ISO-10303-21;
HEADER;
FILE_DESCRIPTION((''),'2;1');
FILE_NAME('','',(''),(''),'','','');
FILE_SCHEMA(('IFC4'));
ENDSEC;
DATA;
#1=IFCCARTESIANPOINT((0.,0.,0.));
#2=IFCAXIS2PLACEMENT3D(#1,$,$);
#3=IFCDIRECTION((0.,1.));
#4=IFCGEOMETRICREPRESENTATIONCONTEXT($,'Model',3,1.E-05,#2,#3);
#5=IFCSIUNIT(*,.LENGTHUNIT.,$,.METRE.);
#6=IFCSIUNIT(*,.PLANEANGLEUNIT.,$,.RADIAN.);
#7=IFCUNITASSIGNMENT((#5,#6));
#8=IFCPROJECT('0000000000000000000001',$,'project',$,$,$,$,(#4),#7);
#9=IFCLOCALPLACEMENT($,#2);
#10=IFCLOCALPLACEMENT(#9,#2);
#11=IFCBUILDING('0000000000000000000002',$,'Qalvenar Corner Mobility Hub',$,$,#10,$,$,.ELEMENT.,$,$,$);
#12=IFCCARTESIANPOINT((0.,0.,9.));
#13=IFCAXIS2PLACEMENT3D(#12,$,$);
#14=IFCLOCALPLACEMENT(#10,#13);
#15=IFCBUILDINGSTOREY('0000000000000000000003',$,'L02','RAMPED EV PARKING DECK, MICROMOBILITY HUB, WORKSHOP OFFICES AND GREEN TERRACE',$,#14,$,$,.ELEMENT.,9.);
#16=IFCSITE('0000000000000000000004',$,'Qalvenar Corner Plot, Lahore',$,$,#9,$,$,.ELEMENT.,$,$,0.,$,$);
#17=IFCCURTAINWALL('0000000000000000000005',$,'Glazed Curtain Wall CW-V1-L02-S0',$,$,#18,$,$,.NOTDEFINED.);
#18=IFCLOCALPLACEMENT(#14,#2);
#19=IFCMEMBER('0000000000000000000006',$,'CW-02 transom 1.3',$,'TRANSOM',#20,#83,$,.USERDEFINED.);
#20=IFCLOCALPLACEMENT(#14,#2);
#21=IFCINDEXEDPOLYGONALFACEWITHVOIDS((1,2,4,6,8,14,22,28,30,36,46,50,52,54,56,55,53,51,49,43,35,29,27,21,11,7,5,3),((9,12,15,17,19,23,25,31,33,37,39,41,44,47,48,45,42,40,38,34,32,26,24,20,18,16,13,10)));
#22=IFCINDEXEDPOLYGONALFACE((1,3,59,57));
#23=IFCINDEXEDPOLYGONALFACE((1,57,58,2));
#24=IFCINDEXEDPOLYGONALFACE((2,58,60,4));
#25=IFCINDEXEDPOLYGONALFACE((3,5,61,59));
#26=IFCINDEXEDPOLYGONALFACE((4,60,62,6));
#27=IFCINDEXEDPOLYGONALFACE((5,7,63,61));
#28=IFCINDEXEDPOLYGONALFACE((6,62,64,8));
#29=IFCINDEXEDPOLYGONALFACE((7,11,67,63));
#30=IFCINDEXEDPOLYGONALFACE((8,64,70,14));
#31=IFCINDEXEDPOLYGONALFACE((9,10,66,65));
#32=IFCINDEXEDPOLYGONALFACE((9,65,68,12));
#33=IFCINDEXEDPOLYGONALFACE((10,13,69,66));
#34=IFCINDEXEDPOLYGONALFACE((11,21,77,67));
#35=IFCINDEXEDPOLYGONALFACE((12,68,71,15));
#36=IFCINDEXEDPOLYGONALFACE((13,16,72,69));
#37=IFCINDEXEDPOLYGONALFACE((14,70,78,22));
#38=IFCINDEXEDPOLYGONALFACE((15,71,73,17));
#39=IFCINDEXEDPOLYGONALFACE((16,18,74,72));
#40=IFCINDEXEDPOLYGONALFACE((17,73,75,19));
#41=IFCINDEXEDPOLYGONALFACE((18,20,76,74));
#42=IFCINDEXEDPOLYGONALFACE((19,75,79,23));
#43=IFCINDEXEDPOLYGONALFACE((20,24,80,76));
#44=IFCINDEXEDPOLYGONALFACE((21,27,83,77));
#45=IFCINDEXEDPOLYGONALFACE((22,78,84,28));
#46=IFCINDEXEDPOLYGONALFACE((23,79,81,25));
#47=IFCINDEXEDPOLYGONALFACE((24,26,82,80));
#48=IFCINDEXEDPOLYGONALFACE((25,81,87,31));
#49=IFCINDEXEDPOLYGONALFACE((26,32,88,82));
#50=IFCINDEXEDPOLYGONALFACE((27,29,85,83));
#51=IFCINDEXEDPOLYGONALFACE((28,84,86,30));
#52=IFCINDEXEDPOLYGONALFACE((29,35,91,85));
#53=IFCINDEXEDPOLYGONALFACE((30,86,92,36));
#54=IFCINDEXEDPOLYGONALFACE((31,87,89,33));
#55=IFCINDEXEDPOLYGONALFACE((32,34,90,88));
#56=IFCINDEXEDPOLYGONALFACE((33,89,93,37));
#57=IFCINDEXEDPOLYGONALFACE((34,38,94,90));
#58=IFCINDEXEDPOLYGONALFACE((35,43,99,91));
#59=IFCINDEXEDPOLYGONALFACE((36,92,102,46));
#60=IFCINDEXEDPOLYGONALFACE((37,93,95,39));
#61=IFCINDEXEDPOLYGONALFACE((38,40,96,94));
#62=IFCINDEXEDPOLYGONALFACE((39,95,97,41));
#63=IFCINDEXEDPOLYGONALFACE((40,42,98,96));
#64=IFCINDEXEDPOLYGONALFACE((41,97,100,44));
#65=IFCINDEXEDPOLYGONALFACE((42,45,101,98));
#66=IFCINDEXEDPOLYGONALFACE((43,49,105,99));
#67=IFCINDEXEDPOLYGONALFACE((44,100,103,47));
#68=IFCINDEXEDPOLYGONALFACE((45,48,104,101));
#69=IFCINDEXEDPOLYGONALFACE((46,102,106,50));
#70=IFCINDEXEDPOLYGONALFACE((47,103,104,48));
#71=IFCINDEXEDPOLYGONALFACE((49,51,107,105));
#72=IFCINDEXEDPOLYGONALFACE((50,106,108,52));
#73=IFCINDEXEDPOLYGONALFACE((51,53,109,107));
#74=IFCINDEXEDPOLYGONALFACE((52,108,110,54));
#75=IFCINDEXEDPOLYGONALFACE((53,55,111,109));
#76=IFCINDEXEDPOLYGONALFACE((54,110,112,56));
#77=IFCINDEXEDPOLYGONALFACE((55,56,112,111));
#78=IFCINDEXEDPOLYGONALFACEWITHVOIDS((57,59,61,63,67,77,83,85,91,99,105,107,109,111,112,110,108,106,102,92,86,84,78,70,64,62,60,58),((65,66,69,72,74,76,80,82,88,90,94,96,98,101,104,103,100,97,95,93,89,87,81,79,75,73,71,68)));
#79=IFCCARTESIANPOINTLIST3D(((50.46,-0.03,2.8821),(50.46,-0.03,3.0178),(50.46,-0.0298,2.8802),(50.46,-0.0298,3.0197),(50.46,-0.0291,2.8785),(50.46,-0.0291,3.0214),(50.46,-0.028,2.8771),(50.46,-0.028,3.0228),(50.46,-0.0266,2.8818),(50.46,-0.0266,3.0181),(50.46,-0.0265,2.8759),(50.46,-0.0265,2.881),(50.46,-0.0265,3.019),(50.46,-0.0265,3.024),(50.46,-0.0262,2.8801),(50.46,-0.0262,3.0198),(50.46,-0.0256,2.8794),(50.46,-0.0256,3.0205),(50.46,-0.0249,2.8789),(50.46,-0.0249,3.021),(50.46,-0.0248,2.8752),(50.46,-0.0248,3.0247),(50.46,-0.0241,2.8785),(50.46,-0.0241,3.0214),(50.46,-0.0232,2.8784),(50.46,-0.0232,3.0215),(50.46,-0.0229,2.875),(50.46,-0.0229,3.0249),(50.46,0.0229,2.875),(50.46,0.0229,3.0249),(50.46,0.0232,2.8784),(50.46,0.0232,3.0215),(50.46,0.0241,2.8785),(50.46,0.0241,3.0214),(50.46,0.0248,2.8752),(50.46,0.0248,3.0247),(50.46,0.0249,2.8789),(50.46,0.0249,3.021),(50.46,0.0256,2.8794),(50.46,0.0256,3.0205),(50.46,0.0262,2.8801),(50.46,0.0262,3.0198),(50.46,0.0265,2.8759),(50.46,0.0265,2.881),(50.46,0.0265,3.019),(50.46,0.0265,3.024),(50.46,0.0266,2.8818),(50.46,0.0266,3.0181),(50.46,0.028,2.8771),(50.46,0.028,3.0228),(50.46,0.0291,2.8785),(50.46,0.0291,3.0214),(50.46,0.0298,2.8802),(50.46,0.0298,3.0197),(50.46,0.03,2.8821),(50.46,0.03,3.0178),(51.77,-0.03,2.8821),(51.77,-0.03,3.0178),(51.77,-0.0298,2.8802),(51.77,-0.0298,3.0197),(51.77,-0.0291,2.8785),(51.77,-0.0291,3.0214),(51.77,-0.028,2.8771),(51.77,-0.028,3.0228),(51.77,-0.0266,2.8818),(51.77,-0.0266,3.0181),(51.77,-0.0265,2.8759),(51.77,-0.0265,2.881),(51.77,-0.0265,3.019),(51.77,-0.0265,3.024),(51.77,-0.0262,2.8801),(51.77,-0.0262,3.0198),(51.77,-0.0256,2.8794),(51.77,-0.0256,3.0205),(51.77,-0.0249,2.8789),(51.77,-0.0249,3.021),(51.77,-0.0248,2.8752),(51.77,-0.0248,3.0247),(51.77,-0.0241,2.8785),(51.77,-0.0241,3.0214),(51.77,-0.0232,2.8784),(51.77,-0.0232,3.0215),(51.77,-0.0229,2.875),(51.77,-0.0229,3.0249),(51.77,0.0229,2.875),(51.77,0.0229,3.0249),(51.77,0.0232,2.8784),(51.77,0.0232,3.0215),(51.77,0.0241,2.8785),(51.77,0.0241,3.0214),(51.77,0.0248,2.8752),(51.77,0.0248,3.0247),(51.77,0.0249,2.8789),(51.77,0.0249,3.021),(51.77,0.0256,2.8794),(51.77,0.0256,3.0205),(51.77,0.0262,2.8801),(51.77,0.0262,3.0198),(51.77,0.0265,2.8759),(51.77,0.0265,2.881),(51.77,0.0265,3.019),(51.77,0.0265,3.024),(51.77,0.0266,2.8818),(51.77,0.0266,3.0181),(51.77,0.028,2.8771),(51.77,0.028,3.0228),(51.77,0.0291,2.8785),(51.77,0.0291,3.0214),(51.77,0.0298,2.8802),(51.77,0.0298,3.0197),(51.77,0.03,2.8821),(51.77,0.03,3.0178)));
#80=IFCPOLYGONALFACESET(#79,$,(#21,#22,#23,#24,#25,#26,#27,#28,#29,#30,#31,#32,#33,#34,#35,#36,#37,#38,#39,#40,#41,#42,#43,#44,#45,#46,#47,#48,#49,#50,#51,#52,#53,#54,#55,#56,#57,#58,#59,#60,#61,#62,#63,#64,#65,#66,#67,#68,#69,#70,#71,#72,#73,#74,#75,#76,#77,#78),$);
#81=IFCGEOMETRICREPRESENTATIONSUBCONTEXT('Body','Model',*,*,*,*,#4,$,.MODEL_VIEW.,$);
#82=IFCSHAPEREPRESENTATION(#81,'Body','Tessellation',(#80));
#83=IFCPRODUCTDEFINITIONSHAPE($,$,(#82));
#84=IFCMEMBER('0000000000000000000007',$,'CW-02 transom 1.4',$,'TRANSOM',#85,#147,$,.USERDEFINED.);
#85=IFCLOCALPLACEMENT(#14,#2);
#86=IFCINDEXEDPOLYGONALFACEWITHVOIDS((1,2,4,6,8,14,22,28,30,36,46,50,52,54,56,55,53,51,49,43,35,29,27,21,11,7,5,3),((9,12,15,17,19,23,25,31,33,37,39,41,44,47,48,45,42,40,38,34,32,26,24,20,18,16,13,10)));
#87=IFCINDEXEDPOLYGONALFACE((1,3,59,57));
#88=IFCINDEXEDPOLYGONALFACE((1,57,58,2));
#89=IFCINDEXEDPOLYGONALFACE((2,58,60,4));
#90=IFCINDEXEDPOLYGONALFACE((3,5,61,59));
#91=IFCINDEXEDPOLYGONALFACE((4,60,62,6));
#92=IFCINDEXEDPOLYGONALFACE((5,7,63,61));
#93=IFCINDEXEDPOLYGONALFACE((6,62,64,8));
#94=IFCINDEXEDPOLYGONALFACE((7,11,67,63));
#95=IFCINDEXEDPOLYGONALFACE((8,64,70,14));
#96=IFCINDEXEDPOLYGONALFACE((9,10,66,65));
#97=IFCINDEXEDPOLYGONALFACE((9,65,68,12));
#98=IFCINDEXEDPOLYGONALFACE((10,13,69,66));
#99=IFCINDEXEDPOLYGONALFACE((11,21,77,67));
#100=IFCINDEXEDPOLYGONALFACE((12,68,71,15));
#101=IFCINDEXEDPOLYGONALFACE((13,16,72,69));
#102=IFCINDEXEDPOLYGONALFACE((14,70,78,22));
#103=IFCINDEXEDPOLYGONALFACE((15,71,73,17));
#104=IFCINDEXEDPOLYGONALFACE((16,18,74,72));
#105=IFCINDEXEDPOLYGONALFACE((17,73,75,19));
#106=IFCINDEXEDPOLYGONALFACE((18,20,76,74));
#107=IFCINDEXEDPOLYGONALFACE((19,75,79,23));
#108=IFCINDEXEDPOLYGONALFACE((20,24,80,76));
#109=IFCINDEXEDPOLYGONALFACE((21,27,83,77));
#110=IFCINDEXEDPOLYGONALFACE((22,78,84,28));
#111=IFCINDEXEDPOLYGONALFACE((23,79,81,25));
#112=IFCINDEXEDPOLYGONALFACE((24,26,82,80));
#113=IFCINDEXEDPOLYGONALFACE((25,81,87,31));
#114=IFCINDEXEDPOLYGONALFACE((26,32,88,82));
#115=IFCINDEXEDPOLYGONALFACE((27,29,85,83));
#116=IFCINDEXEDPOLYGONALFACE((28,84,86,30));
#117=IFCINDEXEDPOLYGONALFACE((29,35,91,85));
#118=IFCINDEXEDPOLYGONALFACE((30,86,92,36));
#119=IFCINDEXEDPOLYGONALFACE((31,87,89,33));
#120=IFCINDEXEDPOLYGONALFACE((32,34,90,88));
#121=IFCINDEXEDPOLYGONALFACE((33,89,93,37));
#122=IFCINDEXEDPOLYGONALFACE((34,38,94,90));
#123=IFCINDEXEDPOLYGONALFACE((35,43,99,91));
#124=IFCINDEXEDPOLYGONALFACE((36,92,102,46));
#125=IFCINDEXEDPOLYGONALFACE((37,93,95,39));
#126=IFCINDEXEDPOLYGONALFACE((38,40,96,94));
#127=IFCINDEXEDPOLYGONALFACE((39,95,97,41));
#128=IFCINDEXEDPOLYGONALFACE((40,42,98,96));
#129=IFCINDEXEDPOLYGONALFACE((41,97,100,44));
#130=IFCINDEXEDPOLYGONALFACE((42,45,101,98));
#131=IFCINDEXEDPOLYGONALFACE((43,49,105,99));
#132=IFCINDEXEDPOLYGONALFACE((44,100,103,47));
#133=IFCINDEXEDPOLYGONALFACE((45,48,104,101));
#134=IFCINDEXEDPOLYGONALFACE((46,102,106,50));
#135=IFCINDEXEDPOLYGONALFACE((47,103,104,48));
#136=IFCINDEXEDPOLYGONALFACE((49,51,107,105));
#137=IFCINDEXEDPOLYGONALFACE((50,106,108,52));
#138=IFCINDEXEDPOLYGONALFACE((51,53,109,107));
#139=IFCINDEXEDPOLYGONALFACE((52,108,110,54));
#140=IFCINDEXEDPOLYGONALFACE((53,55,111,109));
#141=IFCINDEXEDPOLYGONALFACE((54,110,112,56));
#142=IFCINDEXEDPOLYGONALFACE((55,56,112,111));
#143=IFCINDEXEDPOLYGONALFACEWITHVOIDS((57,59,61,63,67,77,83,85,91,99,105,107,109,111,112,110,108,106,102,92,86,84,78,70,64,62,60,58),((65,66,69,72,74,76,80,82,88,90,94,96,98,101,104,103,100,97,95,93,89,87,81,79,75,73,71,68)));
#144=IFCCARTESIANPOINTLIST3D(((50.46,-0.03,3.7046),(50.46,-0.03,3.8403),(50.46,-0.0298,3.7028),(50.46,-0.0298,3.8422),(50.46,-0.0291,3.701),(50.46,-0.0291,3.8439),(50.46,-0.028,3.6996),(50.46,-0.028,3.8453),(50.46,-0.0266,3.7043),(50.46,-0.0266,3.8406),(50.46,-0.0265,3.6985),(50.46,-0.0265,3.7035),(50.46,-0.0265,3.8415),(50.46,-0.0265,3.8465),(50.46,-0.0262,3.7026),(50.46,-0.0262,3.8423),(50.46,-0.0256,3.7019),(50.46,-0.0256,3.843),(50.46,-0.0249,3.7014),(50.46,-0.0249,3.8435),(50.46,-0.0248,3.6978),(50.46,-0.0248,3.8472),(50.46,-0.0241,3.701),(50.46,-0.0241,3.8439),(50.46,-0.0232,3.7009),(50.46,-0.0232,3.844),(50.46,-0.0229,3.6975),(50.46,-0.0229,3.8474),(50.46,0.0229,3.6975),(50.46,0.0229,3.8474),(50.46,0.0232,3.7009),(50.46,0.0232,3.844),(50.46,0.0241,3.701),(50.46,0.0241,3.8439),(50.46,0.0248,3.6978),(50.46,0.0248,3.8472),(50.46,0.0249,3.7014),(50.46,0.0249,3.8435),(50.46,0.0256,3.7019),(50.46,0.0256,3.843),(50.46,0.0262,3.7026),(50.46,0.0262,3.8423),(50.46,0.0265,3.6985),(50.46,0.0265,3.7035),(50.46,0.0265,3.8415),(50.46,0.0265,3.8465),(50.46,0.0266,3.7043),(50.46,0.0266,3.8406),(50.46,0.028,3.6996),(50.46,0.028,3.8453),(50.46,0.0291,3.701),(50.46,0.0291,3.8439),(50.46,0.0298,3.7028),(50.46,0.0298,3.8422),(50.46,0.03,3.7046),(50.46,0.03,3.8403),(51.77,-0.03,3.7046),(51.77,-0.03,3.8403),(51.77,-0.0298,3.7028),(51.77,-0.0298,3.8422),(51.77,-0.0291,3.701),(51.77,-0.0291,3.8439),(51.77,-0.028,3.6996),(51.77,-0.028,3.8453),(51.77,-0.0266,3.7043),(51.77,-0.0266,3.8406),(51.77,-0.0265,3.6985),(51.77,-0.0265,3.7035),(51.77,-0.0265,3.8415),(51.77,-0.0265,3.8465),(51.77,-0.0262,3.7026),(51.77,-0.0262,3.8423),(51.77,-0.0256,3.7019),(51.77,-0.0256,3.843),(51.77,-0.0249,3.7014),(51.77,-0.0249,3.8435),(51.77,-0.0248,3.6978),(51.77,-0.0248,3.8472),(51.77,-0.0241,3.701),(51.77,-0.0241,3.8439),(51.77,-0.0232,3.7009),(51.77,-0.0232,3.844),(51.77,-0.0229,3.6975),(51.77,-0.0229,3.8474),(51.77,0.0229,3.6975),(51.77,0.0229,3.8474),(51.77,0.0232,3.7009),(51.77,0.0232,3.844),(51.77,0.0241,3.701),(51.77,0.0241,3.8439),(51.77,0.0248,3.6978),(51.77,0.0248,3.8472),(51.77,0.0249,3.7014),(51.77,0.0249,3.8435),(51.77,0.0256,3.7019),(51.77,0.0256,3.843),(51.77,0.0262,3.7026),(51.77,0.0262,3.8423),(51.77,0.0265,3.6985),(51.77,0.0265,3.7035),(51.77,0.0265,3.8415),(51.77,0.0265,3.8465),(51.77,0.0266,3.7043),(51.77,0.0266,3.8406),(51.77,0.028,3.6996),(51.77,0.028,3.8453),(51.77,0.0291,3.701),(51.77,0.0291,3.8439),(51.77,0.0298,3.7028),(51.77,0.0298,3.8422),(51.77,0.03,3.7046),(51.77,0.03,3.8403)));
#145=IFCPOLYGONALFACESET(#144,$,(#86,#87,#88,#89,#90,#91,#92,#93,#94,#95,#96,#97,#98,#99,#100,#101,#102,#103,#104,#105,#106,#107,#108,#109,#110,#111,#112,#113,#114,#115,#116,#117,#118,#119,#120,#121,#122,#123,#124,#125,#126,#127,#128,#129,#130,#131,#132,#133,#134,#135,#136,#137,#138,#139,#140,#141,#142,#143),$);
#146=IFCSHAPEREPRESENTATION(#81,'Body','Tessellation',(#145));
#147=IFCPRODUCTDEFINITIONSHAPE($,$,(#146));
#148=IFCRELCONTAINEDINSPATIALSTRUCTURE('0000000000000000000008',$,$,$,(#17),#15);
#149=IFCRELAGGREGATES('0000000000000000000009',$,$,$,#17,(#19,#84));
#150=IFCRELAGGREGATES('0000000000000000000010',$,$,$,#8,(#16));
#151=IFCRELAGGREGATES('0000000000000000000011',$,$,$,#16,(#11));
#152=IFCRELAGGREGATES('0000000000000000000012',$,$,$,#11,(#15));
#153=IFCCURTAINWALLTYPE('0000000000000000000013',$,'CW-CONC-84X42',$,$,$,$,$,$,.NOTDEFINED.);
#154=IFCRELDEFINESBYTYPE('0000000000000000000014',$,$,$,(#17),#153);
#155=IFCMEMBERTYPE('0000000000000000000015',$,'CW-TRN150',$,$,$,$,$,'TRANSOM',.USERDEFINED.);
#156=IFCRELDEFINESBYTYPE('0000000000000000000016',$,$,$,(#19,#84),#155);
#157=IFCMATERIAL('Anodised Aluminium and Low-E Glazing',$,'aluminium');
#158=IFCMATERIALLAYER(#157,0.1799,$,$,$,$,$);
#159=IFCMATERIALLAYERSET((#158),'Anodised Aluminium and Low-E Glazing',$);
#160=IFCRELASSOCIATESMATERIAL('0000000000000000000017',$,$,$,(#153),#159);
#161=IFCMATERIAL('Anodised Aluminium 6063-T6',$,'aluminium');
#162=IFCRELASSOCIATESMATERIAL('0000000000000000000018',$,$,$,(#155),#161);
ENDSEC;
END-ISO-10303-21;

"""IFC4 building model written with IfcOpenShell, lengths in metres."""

from ifc_helpers import new_model, si_unit, direction, frame, origin, origin_2d, place, context, subcontext, project, spatial, hollow_rectangle, extrude, material, layer, layer_set, material_profile, profile_set, type_object, element, aggregate, save


model = new_model("IFC4")

# Units and contexts
model_context = context("Model", 3, precision=1e-05, world=origin(), true_north=direction((0.0, 1.0)))
body_context = subcontext(model_context, "Body", "Model", "MODEL_VIEW")
ifc_project = project(units=[si_unit("LENGTHUNIT", "METRE"), si_unit("PLANEANGLEUNIT", "RADIAN")], contexts=[model_context])

# Site, building, storey
site_placement = place(None, origin())
site = spatial("IfcSite", under=ifc_project, at=site_placement, Name="Qalvenar Corner Plot, Lahore", CompositionType="ELEMENT", RefElevation=0.0)
building_placement = place(site_placement, origin())
building = spatial("IfcBuilding", under=site, at=building_placement, Name="Qalvenar Corner Mobility Hub", CompositionType="ELEMENT")
storey_placement = place(building_placement, frame((0.0, 0.0, 9.0)))
storey = spatial("IfcBuildingStorey", under=building, at=storey_placement, Name="L02", Description="RAMPED EV PARKING DECK, MICROMOBILITY HUB, WORKSHOP OFFICES AND GREEN TERRACE", CompositionType="ELEMENT", Elevation=9.0)

# Curtain wall, members
ifc_material_1 = material(Name="Anodised Aluminium and Low-E Glazing", Category="aluminium")
ifc_layer_1 = layer(ifc_material_1, 0.1799)
ifc_layer_set_1 = layer_set([ifc_layer_1], Name="Anodised Aluminium and Low-E Glazing")
curtain_wall_type = type_object("IfcCurtainWallType", Name="CW-CONC-84X42", PredefinedType="NOTDEFINED", material=ifc_layer_set_1)
curtain_wall_placement = place(storey_placement, origin())
curtain_wall = element("IfcCurtainWall", 1, at=curtain_wall_placement, inside=storey, type_object=curtain_wall_type, Name="Glazed Curtain Wall CW-V1-L02-S0", PredefinedType="NOTDEFINED")
ifc_material_2 = material(Name="Anodised Aluminium 6063-T6", Category="aluminium")
ifc_material_profile_1 = material_profile(ifc_material_2, hollow_rectangle(XDim=0.0601, YDim=0.1499, WallThickness=0.0034, InnerFilletRadius=0.0034, OuterFilletRadius=0.0071, at=origin_2d()), Name="RHS150x60x3.5")
ifc_profile_set_1 = profile_set([ifc_material_profile_1], Name="Anodised Aluminium 6063-T6")
member_type_1 = type_object("IfcMemberType", Name="CW-TRN150", ElementType="TRANSOM", PredefinedType="USERDEFINED", material=ifc_profile_set_1)
member_1_placement = place(storey_placement, frame((50.46, 0.0, 2.95), z_axis=(1.0, 0.0, 0.0), x_axis=(0.0, 1.0, 0.0)))
member_1 = element("IfcMember", 2, at=member_1_placement, type_object=member_type_1, Name="CW-02 transom 1.3", ObjectType="TRANSOM", PredefinedType="USERDEFINED", context=body_context, shape_type="SweptSolid", body=[
    extrude(hollow_rectangle(XDim=0.0601, YDim=0.1499, WallThickness=0.0034, InnerFilletRadius=0.0034, OuterFilletRadius=0.0071, at=origin_2d()), origin(), (0.0, 0.0, 1.0), 1.3101),
])
member_2_placement = place(storey_placement, frame((50.46, 0.0, 3.7725), z_axis=(1.0, 0.0, 0.0), x_axis=(0.0, 1.0, 0.0)))
member_2 = element("IfcMember", 3, at=member_2_placement, type_object=member_type_1, Name="CW-02 transom 1.4", ObjectType="TRANSOM", PredefinedType="USERDEFINED", context=body_context, shape_type="SweptSolid", body=[
    extrude(hollow_rectangle(XDim=0.0601, YDim=0.1499, WallThickness=0.0034, InnerFilletRadius=0.0034, OuterFilletRadius=0.0071, at=origin_2d()), origin(), (0.0, 0.0, 1.0), 1.3101),
])
aggregate(curtain_wall, [member_1, member_2])

save(model, "model.ifc")
